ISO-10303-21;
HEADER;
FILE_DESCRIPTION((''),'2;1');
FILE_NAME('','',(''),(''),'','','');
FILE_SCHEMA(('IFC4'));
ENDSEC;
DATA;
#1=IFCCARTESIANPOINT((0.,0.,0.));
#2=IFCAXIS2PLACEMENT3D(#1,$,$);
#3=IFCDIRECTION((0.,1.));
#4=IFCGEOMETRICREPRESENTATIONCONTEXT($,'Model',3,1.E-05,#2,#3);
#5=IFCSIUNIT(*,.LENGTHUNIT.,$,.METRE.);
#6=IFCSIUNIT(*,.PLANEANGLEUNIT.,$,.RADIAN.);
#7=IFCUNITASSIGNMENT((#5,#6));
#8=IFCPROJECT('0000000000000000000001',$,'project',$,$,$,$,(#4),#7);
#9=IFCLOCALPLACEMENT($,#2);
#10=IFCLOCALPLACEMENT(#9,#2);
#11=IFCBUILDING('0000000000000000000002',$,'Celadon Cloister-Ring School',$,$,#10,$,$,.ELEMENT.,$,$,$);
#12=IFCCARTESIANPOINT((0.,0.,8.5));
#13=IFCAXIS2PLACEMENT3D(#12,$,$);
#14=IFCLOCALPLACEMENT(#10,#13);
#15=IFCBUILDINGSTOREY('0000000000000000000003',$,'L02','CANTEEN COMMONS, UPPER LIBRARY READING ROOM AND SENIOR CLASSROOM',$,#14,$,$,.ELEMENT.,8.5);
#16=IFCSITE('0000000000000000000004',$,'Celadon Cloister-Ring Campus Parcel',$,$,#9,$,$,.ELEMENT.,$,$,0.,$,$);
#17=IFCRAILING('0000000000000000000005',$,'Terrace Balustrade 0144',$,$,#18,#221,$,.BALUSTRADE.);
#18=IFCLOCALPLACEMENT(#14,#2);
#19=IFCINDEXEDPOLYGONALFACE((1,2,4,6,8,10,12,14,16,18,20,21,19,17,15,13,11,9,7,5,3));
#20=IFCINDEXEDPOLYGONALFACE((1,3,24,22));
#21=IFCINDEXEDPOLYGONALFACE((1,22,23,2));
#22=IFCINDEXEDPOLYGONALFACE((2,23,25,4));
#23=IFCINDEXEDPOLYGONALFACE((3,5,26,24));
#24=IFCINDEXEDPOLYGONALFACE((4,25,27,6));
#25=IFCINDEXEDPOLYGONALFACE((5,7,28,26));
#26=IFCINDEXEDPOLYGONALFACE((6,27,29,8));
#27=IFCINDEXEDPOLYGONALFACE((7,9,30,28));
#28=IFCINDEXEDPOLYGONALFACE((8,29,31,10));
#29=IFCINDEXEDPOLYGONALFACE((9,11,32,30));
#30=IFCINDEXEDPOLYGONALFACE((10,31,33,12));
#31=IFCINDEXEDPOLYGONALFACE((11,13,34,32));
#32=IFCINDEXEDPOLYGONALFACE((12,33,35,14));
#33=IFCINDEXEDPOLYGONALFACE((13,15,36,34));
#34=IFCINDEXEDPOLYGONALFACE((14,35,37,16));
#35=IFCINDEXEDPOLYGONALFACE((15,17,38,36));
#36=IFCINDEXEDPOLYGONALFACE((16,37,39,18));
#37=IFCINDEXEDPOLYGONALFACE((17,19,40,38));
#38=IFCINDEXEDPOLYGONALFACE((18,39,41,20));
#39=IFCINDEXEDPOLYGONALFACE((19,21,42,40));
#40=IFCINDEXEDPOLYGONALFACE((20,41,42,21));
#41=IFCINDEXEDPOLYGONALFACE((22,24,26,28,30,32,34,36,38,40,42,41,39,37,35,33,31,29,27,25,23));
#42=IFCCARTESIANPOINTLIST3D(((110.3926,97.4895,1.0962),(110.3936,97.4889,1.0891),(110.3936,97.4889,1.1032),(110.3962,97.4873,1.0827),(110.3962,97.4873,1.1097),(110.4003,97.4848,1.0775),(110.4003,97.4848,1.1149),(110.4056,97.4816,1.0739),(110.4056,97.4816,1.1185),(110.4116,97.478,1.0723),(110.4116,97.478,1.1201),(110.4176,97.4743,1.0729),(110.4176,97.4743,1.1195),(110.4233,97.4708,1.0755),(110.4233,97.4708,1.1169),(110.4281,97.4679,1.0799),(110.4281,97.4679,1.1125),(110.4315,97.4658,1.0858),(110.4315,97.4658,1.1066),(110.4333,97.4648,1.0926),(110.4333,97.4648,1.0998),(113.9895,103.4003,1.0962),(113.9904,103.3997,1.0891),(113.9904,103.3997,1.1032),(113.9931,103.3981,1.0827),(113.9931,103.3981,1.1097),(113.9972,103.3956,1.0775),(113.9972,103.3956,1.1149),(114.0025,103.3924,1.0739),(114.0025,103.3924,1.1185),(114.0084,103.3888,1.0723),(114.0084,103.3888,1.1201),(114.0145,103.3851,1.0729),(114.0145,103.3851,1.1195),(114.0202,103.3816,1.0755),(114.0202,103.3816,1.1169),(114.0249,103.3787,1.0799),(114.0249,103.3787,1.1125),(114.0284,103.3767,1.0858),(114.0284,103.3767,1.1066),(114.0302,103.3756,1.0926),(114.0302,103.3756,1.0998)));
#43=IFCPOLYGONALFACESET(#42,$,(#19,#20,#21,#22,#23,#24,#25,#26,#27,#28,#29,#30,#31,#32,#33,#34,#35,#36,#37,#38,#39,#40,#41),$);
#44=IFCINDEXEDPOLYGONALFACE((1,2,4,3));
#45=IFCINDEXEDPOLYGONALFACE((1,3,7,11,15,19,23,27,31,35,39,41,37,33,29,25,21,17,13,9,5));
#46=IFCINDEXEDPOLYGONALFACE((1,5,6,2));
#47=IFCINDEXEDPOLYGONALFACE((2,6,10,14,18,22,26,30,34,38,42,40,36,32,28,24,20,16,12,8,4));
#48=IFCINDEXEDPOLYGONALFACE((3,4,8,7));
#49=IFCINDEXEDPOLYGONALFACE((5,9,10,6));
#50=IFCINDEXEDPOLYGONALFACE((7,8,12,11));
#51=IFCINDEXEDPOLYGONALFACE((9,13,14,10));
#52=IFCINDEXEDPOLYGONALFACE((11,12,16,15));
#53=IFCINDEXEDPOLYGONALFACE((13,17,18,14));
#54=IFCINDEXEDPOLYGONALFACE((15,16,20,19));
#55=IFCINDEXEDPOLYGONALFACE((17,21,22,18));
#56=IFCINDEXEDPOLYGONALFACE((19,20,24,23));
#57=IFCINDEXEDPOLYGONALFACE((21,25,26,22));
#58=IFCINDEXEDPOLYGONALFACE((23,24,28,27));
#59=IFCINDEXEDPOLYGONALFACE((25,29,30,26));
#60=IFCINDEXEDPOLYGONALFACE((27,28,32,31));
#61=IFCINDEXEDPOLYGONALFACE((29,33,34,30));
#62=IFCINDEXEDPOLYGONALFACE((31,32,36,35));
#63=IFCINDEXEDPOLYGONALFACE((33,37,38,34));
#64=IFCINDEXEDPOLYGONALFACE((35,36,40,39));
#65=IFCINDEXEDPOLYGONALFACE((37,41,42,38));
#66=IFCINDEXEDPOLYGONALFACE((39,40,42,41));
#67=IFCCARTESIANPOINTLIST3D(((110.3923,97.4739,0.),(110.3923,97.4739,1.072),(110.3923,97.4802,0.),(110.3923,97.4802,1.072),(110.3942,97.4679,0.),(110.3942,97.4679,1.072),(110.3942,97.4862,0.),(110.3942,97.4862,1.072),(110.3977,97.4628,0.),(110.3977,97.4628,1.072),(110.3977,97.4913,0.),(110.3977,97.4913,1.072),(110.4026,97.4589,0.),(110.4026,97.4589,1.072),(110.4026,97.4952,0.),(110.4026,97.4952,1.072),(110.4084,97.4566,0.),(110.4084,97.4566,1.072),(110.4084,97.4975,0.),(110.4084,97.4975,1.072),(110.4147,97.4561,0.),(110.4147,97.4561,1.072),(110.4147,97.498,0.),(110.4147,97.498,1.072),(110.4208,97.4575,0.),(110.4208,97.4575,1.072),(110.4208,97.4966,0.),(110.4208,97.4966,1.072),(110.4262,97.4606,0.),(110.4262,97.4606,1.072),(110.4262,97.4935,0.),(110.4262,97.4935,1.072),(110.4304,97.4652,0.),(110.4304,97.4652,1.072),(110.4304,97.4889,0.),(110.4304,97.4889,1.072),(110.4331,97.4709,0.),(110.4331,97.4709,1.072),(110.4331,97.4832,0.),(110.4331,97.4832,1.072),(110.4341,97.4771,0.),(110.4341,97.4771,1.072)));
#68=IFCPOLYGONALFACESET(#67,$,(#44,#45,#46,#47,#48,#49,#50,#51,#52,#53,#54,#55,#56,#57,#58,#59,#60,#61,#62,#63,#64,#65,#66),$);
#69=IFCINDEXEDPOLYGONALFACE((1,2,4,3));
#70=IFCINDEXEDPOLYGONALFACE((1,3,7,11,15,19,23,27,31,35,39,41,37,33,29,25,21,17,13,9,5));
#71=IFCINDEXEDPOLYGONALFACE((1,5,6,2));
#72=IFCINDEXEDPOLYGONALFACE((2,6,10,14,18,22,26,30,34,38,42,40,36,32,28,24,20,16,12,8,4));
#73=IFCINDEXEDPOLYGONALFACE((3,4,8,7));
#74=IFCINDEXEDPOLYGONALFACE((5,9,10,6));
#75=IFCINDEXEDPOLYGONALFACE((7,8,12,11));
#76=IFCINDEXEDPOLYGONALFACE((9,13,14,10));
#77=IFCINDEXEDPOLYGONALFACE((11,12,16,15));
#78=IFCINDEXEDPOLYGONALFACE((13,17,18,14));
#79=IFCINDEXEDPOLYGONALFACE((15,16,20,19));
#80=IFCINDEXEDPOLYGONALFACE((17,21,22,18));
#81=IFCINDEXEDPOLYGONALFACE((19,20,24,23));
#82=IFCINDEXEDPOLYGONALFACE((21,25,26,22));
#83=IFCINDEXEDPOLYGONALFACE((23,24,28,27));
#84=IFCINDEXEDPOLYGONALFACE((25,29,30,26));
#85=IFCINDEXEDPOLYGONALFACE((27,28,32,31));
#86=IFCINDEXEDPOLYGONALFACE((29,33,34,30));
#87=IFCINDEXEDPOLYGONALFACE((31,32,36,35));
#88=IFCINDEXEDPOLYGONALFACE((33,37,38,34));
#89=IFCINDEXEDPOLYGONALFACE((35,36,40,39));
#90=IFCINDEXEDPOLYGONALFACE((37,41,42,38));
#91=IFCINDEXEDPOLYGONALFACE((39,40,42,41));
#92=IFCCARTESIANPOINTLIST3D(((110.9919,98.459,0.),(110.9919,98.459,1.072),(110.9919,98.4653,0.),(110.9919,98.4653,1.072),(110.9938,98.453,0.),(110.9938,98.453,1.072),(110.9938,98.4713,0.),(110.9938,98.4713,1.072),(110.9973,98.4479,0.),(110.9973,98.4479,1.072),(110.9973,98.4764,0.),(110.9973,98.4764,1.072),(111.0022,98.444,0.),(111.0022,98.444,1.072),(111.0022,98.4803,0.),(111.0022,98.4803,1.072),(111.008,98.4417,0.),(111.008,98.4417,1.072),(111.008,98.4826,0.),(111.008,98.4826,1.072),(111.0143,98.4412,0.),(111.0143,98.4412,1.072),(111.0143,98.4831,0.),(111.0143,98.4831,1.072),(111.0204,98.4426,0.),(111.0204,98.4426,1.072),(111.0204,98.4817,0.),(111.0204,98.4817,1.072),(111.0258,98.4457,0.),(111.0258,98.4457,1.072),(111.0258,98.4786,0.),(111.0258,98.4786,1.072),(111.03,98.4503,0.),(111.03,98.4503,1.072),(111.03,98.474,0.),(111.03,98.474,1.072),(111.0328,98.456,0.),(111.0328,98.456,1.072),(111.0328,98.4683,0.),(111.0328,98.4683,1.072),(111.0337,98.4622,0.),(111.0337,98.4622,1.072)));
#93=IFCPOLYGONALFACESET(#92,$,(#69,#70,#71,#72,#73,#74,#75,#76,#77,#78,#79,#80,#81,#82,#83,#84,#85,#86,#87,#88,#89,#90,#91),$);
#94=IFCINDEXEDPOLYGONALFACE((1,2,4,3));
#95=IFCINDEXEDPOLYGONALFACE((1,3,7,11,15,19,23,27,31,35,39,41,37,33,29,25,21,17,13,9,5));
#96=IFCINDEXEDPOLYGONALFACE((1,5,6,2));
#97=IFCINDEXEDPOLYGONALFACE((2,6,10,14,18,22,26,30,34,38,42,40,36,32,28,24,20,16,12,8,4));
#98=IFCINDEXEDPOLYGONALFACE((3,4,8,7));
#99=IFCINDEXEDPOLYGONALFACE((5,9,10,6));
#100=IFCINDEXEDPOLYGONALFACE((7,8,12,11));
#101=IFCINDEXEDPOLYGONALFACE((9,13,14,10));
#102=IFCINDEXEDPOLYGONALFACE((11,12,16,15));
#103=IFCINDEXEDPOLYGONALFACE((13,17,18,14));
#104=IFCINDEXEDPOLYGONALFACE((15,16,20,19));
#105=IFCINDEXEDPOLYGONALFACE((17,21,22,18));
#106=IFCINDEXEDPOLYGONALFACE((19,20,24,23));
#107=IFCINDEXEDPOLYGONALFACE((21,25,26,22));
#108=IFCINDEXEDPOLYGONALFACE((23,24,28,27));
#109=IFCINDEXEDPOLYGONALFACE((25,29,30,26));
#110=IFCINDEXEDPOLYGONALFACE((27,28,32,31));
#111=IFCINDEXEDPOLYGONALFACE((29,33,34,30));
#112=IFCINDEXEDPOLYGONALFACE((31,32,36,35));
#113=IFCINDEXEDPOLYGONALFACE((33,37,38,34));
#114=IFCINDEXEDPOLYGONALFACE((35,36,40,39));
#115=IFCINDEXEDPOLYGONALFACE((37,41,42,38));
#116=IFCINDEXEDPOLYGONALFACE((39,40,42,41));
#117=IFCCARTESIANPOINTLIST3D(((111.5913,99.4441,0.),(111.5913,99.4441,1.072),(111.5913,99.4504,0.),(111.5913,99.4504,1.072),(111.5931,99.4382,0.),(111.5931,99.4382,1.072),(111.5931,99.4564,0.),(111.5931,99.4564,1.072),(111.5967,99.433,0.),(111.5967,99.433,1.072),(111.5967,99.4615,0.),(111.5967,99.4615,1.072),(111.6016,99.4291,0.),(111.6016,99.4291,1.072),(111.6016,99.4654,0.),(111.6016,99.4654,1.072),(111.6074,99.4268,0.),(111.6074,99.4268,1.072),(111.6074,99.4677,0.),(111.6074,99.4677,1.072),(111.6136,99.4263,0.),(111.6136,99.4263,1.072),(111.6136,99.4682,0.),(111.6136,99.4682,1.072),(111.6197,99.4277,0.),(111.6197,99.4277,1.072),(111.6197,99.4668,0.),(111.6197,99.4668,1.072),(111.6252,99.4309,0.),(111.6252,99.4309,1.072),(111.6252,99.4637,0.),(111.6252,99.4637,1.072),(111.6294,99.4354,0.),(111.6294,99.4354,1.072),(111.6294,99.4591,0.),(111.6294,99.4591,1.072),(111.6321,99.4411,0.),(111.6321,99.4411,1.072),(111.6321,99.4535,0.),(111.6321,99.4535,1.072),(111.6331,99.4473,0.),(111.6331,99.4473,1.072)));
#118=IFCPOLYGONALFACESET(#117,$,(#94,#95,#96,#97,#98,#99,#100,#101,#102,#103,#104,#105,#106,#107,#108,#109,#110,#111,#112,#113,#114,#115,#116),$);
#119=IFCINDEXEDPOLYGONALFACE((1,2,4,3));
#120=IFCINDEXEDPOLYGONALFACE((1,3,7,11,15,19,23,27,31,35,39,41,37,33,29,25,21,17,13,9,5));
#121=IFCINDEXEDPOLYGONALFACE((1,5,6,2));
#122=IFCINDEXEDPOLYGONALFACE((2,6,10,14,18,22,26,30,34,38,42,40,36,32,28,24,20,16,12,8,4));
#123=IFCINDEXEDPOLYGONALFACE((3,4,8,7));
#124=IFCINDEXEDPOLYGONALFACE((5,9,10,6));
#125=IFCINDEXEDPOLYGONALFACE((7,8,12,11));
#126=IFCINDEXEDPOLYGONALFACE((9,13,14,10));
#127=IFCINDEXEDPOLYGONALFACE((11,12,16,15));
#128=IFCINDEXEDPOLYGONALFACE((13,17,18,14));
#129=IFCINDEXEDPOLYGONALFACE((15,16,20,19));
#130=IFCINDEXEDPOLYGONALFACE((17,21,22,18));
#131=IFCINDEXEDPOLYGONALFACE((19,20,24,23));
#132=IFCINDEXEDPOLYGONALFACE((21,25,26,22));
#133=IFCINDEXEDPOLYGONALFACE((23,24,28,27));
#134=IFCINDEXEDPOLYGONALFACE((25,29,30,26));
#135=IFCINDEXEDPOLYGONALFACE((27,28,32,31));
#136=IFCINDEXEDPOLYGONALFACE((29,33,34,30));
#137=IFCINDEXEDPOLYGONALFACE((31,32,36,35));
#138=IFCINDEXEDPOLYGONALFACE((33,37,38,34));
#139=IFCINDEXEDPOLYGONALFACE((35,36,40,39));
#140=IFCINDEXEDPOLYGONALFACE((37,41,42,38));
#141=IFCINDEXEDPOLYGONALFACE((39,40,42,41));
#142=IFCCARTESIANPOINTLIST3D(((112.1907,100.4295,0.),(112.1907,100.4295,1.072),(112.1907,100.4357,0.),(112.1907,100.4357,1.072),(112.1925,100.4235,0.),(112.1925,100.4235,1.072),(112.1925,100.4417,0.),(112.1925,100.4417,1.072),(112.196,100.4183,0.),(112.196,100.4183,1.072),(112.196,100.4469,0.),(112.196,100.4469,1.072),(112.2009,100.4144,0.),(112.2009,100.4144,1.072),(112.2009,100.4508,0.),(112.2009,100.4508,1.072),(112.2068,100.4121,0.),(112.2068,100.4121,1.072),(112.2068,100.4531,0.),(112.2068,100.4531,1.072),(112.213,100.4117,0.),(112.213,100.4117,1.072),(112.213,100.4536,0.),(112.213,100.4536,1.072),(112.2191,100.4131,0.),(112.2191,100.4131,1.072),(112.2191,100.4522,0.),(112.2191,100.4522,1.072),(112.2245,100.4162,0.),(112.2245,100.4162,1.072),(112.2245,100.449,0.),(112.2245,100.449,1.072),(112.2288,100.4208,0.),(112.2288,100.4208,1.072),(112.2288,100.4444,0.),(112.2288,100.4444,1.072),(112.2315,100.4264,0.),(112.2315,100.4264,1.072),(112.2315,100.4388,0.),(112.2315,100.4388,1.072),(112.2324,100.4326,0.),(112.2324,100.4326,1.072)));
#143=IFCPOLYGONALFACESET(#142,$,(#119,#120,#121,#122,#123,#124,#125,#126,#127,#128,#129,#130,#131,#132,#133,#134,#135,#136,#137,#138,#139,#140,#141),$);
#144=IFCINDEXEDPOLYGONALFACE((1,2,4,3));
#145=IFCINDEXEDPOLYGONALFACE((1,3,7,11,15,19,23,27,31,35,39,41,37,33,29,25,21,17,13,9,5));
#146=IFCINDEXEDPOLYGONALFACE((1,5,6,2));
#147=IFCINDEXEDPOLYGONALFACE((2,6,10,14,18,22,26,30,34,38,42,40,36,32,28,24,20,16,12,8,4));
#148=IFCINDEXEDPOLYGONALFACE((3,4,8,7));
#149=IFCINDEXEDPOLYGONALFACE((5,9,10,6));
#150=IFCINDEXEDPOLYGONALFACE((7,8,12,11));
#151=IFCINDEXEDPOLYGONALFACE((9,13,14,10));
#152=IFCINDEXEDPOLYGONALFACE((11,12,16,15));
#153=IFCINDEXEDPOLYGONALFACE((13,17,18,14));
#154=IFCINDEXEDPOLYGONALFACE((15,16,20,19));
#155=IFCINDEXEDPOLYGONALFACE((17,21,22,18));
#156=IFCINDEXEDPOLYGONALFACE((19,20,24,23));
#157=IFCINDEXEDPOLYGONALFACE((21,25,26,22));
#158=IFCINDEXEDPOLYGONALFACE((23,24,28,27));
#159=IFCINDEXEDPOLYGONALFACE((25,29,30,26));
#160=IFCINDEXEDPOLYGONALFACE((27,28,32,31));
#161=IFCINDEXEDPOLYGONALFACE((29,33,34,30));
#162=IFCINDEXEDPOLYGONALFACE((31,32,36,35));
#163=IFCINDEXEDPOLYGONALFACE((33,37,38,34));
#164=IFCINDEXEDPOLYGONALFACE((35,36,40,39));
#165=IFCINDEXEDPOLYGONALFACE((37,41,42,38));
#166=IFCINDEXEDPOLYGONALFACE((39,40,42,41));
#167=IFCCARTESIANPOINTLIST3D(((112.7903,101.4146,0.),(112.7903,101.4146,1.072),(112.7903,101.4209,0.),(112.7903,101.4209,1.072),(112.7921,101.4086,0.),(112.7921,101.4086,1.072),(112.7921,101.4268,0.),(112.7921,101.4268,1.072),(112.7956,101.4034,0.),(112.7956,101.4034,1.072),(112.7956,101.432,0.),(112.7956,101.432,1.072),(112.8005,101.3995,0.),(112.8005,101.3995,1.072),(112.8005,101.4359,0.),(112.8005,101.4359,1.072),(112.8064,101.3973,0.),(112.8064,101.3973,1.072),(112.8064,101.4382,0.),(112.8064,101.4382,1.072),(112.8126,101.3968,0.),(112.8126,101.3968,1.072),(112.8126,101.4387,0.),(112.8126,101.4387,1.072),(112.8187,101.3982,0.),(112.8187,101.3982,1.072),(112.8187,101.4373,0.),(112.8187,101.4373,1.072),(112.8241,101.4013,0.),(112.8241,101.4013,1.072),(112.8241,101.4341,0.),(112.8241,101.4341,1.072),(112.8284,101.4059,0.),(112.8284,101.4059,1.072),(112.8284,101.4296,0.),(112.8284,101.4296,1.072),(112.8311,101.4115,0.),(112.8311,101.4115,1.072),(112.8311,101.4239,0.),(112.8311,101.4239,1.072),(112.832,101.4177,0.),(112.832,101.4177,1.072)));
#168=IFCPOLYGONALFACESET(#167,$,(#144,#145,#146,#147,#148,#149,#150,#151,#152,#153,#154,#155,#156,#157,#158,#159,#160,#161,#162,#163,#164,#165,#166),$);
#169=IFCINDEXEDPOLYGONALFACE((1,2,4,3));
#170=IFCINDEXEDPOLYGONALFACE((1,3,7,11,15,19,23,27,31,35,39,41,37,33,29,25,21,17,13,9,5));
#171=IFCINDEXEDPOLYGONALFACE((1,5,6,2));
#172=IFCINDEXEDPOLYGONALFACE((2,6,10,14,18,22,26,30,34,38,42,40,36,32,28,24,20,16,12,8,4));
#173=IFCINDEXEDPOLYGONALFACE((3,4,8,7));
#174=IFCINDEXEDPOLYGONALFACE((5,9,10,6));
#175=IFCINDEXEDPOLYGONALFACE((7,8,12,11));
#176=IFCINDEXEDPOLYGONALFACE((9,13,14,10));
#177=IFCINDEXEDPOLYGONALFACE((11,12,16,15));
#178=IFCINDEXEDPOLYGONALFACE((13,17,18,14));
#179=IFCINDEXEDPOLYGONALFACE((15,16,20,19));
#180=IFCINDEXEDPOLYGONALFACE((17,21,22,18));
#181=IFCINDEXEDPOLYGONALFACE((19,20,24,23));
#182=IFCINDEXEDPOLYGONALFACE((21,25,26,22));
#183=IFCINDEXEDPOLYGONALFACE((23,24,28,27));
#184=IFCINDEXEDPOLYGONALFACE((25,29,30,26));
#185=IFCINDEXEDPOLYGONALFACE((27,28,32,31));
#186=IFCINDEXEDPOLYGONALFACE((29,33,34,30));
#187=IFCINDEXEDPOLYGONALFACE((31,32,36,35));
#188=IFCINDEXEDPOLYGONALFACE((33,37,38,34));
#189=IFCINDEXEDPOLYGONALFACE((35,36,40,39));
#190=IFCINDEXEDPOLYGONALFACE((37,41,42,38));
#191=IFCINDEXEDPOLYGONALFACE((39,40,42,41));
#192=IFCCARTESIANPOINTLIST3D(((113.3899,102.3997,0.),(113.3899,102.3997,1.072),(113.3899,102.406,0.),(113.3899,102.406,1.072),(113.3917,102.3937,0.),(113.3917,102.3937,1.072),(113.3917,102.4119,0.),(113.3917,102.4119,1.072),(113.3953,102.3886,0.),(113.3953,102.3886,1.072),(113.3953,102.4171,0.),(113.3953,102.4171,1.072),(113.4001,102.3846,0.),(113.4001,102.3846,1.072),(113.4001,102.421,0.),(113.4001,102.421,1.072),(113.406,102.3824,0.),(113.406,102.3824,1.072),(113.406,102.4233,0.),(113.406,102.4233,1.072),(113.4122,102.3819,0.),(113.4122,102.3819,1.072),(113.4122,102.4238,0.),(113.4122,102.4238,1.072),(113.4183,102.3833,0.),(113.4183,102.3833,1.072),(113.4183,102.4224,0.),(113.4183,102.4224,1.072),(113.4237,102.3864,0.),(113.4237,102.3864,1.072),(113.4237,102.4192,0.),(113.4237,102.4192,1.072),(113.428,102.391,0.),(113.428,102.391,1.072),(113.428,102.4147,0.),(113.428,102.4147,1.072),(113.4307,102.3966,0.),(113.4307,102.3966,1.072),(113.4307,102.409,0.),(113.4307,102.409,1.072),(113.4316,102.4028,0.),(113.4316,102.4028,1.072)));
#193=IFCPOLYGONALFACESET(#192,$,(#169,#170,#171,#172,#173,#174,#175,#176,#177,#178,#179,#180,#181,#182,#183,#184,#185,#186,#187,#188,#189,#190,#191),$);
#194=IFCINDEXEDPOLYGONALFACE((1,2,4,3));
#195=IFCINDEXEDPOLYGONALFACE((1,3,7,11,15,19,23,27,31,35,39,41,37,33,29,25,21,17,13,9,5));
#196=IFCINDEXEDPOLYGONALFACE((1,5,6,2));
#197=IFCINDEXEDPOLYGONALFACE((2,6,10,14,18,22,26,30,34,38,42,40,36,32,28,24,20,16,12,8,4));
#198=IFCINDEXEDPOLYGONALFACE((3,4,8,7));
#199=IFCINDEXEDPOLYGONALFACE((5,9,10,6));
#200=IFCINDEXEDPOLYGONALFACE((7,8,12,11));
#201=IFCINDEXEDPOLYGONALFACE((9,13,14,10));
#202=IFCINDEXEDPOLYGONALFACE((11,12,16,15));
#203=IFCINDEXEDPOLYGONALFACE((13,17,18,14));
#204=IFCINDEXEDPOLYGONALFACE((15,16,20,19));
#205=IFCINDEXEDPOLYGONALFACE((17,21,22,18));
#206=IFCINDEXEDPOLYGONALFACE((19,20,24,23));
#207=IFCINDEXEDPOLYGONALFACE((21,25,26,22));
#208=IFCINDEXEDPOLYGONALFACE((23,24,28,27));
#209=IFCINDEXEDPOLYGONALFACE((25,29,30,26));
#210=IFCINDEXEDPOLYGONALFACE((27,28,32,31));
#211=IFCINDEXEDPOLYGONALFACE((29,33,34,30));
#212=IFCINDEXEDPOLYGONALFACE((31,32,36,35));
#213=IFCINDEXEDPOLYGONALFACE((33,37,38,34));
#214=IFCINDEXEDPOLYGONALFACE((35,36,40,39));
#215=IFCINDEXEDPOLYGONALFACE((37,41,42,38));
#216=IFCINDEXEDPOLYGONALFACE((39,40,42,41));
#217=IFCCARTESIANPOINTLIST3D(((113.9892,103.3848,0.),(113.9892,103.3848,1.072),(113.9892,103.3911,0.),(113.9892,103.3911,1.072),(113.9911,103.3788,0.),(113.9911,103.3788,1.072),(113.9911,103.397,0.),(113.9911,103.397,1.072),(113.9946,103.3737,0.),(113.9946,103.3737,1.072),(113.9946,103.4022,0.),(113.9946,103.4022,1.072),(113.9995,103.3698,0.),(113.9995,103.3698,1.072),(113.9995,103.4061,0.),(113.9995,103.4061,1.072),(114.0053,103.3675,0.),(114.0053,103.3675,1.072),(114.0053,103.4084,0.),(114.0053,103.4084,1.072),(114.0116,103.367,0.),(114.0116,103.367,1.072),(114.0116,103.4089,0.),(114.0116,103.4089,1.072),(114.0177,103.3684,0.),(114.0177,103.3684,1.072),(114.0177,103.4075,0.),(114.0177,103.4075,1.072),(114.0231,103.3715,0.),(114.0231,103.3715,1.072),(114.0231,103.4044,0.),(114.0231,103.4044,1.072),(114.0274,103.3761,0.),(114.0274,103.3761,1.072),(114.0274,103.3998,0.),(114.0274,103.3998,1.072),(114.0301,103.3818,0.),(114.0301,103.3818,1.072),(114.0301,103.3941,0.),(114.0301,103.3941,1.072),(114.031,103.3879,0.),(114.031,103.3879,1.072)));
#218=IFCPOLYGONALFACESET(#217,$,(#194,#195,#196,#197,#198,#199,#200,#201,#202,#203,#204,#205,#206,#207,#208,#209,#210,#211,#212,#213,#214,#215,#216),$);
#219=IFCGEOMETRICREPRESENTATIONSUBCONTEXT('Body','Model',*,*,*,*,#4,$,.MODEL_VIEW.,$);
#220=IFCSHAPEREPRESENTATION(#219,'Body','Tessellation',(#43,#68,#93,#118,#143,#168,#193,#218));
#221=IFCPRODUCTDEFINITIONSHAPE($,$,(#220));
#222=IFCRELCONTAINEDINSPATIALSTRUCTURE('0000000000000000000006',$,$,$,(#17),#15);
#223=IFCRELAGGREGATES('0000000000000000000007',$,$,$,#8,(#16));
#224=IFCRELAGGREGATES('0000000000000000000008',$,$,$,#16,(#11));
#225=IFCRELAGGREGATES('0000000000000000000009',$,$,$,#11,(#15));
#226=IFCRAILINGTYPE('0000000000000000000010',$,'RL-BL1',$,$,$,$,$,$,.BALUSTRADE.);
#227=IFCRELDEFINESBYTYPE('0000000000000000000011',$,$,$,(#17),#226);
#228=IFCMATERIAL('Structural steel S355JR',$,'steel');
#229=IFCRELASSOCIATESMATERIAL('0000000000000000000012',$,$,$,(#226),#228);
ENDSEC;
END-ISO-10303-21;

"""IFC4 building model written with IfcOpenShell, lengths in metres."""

from ifc_helpers import new_model, si_unit, direction, frame, origin, origin_2d, place, context, subcontext, project, spatial, circle, extrude, material, type_object, element, save


model = new_model("IFC4")

# Units and contexts
model_context = context("Model", 3, precision=1e-05, world=origin(), true_north=direction((0.0, 1.0)))
body_context = subcontext(model_context, "Body", "Model", "MODEL_VIEW")
ifc_project = project(units=[si_unit("LENGTHUNIT", "METRE"), si_unit("PLANEANGLEUNIT", "RADIAN")], contexts=[model_context])

# Site, building, storey
site_placement = place(None, origin())
site = spatial("IfcSite", under=ifc_project, at=site_placement, Name="Celadon Cloister-Ring Campus Parcel", CompositionType="ELEMENT", RefElevation=0.0)
building_placement = place(site_placement, origin())
building = spatial("IfcBuilding", under=site, at=building_placement, Name="Celadon Cloister-Ring School", CompositionType="ELEMENT")
storey_placement = place(building_placement, frame((0.0, 0.0, 8.5)))
storey = spatial("IfcBuildingStorey", under=building, at=storey_placement, Name="L02", Description="CANTEEN COMMONS, UPPER LIBRARY READING ROOM AND SENIOR CLASSROOM", CompositionType="ELEMENT", Elevation=8.5)

# Railing
ifc_material_1 = material(Name="Structural steel S355JR", Category="steel")
railing_type = type_object("IfcRailingType", Name="RL-BL1", PredefinedType="BALUSTRADE", material=ifc_material_1)
railing_1_placement = place(storey_placement, frame((110.4131, 97.4771, 0.0)))
element("IfcRailing", 1, at=railing_1_placement, inside=storey, type_object=railing_type, Name="Terrace Balustrade 0144", PredefinedType="BALUSTRADE", context=body_context, shape_type="SweptSolid", body=[
    extrude(circle(Radius=0.0239, at=origin_2d()), frame((0.0, 0.0, 1.0962), z_axis=(0.519841, 0.854263, 0.0), x_axis=(-0.854263, 0.519841, 0.0)), (0.0, 0.0, 1.0), 6.9192),
    extrude(circle(Radius=0.021, at=origin_2d()), origin(), (0.0, 0.0, 1.0), 1.072),
    extrude(circle(Radius=0.021, at=origin_2d()), frame((0.5996, 0.9851, 0.0)), (0.0, 0.0, 1.0), 1.072),
    extrude(circle(Radius=0.021, at=origin_2d()), frame((1.199, 1.9702, 0.0)), (0.0, 0.0, 1.0), 1.072),
    extrude(circle(Radius=0.021, at=origin_2d()), frame((1.7983, 2.9556, 0.0)), (0.0, 0.0, 1.0), 1.072),
    extrude(circle(Radius=0.021, at=origin_2d()), frame((2.3979, 3.9407, 0.0)), (0.0, 0.0, 1.0), 1.072),
    extrude(circle(Radius=0.021, at=origin_2d()), frame((2.9976, 4.9258, 0.0)), (0.0, 0.0, 1.0), 1.072),
    extrude(circle(Radius=0.021, at=origin_2d()), frame((3.5969, 5.9109, 0.0)), (0.0, 0.0, 1.0), 1.072),
])

save(model, "model.ifc")
